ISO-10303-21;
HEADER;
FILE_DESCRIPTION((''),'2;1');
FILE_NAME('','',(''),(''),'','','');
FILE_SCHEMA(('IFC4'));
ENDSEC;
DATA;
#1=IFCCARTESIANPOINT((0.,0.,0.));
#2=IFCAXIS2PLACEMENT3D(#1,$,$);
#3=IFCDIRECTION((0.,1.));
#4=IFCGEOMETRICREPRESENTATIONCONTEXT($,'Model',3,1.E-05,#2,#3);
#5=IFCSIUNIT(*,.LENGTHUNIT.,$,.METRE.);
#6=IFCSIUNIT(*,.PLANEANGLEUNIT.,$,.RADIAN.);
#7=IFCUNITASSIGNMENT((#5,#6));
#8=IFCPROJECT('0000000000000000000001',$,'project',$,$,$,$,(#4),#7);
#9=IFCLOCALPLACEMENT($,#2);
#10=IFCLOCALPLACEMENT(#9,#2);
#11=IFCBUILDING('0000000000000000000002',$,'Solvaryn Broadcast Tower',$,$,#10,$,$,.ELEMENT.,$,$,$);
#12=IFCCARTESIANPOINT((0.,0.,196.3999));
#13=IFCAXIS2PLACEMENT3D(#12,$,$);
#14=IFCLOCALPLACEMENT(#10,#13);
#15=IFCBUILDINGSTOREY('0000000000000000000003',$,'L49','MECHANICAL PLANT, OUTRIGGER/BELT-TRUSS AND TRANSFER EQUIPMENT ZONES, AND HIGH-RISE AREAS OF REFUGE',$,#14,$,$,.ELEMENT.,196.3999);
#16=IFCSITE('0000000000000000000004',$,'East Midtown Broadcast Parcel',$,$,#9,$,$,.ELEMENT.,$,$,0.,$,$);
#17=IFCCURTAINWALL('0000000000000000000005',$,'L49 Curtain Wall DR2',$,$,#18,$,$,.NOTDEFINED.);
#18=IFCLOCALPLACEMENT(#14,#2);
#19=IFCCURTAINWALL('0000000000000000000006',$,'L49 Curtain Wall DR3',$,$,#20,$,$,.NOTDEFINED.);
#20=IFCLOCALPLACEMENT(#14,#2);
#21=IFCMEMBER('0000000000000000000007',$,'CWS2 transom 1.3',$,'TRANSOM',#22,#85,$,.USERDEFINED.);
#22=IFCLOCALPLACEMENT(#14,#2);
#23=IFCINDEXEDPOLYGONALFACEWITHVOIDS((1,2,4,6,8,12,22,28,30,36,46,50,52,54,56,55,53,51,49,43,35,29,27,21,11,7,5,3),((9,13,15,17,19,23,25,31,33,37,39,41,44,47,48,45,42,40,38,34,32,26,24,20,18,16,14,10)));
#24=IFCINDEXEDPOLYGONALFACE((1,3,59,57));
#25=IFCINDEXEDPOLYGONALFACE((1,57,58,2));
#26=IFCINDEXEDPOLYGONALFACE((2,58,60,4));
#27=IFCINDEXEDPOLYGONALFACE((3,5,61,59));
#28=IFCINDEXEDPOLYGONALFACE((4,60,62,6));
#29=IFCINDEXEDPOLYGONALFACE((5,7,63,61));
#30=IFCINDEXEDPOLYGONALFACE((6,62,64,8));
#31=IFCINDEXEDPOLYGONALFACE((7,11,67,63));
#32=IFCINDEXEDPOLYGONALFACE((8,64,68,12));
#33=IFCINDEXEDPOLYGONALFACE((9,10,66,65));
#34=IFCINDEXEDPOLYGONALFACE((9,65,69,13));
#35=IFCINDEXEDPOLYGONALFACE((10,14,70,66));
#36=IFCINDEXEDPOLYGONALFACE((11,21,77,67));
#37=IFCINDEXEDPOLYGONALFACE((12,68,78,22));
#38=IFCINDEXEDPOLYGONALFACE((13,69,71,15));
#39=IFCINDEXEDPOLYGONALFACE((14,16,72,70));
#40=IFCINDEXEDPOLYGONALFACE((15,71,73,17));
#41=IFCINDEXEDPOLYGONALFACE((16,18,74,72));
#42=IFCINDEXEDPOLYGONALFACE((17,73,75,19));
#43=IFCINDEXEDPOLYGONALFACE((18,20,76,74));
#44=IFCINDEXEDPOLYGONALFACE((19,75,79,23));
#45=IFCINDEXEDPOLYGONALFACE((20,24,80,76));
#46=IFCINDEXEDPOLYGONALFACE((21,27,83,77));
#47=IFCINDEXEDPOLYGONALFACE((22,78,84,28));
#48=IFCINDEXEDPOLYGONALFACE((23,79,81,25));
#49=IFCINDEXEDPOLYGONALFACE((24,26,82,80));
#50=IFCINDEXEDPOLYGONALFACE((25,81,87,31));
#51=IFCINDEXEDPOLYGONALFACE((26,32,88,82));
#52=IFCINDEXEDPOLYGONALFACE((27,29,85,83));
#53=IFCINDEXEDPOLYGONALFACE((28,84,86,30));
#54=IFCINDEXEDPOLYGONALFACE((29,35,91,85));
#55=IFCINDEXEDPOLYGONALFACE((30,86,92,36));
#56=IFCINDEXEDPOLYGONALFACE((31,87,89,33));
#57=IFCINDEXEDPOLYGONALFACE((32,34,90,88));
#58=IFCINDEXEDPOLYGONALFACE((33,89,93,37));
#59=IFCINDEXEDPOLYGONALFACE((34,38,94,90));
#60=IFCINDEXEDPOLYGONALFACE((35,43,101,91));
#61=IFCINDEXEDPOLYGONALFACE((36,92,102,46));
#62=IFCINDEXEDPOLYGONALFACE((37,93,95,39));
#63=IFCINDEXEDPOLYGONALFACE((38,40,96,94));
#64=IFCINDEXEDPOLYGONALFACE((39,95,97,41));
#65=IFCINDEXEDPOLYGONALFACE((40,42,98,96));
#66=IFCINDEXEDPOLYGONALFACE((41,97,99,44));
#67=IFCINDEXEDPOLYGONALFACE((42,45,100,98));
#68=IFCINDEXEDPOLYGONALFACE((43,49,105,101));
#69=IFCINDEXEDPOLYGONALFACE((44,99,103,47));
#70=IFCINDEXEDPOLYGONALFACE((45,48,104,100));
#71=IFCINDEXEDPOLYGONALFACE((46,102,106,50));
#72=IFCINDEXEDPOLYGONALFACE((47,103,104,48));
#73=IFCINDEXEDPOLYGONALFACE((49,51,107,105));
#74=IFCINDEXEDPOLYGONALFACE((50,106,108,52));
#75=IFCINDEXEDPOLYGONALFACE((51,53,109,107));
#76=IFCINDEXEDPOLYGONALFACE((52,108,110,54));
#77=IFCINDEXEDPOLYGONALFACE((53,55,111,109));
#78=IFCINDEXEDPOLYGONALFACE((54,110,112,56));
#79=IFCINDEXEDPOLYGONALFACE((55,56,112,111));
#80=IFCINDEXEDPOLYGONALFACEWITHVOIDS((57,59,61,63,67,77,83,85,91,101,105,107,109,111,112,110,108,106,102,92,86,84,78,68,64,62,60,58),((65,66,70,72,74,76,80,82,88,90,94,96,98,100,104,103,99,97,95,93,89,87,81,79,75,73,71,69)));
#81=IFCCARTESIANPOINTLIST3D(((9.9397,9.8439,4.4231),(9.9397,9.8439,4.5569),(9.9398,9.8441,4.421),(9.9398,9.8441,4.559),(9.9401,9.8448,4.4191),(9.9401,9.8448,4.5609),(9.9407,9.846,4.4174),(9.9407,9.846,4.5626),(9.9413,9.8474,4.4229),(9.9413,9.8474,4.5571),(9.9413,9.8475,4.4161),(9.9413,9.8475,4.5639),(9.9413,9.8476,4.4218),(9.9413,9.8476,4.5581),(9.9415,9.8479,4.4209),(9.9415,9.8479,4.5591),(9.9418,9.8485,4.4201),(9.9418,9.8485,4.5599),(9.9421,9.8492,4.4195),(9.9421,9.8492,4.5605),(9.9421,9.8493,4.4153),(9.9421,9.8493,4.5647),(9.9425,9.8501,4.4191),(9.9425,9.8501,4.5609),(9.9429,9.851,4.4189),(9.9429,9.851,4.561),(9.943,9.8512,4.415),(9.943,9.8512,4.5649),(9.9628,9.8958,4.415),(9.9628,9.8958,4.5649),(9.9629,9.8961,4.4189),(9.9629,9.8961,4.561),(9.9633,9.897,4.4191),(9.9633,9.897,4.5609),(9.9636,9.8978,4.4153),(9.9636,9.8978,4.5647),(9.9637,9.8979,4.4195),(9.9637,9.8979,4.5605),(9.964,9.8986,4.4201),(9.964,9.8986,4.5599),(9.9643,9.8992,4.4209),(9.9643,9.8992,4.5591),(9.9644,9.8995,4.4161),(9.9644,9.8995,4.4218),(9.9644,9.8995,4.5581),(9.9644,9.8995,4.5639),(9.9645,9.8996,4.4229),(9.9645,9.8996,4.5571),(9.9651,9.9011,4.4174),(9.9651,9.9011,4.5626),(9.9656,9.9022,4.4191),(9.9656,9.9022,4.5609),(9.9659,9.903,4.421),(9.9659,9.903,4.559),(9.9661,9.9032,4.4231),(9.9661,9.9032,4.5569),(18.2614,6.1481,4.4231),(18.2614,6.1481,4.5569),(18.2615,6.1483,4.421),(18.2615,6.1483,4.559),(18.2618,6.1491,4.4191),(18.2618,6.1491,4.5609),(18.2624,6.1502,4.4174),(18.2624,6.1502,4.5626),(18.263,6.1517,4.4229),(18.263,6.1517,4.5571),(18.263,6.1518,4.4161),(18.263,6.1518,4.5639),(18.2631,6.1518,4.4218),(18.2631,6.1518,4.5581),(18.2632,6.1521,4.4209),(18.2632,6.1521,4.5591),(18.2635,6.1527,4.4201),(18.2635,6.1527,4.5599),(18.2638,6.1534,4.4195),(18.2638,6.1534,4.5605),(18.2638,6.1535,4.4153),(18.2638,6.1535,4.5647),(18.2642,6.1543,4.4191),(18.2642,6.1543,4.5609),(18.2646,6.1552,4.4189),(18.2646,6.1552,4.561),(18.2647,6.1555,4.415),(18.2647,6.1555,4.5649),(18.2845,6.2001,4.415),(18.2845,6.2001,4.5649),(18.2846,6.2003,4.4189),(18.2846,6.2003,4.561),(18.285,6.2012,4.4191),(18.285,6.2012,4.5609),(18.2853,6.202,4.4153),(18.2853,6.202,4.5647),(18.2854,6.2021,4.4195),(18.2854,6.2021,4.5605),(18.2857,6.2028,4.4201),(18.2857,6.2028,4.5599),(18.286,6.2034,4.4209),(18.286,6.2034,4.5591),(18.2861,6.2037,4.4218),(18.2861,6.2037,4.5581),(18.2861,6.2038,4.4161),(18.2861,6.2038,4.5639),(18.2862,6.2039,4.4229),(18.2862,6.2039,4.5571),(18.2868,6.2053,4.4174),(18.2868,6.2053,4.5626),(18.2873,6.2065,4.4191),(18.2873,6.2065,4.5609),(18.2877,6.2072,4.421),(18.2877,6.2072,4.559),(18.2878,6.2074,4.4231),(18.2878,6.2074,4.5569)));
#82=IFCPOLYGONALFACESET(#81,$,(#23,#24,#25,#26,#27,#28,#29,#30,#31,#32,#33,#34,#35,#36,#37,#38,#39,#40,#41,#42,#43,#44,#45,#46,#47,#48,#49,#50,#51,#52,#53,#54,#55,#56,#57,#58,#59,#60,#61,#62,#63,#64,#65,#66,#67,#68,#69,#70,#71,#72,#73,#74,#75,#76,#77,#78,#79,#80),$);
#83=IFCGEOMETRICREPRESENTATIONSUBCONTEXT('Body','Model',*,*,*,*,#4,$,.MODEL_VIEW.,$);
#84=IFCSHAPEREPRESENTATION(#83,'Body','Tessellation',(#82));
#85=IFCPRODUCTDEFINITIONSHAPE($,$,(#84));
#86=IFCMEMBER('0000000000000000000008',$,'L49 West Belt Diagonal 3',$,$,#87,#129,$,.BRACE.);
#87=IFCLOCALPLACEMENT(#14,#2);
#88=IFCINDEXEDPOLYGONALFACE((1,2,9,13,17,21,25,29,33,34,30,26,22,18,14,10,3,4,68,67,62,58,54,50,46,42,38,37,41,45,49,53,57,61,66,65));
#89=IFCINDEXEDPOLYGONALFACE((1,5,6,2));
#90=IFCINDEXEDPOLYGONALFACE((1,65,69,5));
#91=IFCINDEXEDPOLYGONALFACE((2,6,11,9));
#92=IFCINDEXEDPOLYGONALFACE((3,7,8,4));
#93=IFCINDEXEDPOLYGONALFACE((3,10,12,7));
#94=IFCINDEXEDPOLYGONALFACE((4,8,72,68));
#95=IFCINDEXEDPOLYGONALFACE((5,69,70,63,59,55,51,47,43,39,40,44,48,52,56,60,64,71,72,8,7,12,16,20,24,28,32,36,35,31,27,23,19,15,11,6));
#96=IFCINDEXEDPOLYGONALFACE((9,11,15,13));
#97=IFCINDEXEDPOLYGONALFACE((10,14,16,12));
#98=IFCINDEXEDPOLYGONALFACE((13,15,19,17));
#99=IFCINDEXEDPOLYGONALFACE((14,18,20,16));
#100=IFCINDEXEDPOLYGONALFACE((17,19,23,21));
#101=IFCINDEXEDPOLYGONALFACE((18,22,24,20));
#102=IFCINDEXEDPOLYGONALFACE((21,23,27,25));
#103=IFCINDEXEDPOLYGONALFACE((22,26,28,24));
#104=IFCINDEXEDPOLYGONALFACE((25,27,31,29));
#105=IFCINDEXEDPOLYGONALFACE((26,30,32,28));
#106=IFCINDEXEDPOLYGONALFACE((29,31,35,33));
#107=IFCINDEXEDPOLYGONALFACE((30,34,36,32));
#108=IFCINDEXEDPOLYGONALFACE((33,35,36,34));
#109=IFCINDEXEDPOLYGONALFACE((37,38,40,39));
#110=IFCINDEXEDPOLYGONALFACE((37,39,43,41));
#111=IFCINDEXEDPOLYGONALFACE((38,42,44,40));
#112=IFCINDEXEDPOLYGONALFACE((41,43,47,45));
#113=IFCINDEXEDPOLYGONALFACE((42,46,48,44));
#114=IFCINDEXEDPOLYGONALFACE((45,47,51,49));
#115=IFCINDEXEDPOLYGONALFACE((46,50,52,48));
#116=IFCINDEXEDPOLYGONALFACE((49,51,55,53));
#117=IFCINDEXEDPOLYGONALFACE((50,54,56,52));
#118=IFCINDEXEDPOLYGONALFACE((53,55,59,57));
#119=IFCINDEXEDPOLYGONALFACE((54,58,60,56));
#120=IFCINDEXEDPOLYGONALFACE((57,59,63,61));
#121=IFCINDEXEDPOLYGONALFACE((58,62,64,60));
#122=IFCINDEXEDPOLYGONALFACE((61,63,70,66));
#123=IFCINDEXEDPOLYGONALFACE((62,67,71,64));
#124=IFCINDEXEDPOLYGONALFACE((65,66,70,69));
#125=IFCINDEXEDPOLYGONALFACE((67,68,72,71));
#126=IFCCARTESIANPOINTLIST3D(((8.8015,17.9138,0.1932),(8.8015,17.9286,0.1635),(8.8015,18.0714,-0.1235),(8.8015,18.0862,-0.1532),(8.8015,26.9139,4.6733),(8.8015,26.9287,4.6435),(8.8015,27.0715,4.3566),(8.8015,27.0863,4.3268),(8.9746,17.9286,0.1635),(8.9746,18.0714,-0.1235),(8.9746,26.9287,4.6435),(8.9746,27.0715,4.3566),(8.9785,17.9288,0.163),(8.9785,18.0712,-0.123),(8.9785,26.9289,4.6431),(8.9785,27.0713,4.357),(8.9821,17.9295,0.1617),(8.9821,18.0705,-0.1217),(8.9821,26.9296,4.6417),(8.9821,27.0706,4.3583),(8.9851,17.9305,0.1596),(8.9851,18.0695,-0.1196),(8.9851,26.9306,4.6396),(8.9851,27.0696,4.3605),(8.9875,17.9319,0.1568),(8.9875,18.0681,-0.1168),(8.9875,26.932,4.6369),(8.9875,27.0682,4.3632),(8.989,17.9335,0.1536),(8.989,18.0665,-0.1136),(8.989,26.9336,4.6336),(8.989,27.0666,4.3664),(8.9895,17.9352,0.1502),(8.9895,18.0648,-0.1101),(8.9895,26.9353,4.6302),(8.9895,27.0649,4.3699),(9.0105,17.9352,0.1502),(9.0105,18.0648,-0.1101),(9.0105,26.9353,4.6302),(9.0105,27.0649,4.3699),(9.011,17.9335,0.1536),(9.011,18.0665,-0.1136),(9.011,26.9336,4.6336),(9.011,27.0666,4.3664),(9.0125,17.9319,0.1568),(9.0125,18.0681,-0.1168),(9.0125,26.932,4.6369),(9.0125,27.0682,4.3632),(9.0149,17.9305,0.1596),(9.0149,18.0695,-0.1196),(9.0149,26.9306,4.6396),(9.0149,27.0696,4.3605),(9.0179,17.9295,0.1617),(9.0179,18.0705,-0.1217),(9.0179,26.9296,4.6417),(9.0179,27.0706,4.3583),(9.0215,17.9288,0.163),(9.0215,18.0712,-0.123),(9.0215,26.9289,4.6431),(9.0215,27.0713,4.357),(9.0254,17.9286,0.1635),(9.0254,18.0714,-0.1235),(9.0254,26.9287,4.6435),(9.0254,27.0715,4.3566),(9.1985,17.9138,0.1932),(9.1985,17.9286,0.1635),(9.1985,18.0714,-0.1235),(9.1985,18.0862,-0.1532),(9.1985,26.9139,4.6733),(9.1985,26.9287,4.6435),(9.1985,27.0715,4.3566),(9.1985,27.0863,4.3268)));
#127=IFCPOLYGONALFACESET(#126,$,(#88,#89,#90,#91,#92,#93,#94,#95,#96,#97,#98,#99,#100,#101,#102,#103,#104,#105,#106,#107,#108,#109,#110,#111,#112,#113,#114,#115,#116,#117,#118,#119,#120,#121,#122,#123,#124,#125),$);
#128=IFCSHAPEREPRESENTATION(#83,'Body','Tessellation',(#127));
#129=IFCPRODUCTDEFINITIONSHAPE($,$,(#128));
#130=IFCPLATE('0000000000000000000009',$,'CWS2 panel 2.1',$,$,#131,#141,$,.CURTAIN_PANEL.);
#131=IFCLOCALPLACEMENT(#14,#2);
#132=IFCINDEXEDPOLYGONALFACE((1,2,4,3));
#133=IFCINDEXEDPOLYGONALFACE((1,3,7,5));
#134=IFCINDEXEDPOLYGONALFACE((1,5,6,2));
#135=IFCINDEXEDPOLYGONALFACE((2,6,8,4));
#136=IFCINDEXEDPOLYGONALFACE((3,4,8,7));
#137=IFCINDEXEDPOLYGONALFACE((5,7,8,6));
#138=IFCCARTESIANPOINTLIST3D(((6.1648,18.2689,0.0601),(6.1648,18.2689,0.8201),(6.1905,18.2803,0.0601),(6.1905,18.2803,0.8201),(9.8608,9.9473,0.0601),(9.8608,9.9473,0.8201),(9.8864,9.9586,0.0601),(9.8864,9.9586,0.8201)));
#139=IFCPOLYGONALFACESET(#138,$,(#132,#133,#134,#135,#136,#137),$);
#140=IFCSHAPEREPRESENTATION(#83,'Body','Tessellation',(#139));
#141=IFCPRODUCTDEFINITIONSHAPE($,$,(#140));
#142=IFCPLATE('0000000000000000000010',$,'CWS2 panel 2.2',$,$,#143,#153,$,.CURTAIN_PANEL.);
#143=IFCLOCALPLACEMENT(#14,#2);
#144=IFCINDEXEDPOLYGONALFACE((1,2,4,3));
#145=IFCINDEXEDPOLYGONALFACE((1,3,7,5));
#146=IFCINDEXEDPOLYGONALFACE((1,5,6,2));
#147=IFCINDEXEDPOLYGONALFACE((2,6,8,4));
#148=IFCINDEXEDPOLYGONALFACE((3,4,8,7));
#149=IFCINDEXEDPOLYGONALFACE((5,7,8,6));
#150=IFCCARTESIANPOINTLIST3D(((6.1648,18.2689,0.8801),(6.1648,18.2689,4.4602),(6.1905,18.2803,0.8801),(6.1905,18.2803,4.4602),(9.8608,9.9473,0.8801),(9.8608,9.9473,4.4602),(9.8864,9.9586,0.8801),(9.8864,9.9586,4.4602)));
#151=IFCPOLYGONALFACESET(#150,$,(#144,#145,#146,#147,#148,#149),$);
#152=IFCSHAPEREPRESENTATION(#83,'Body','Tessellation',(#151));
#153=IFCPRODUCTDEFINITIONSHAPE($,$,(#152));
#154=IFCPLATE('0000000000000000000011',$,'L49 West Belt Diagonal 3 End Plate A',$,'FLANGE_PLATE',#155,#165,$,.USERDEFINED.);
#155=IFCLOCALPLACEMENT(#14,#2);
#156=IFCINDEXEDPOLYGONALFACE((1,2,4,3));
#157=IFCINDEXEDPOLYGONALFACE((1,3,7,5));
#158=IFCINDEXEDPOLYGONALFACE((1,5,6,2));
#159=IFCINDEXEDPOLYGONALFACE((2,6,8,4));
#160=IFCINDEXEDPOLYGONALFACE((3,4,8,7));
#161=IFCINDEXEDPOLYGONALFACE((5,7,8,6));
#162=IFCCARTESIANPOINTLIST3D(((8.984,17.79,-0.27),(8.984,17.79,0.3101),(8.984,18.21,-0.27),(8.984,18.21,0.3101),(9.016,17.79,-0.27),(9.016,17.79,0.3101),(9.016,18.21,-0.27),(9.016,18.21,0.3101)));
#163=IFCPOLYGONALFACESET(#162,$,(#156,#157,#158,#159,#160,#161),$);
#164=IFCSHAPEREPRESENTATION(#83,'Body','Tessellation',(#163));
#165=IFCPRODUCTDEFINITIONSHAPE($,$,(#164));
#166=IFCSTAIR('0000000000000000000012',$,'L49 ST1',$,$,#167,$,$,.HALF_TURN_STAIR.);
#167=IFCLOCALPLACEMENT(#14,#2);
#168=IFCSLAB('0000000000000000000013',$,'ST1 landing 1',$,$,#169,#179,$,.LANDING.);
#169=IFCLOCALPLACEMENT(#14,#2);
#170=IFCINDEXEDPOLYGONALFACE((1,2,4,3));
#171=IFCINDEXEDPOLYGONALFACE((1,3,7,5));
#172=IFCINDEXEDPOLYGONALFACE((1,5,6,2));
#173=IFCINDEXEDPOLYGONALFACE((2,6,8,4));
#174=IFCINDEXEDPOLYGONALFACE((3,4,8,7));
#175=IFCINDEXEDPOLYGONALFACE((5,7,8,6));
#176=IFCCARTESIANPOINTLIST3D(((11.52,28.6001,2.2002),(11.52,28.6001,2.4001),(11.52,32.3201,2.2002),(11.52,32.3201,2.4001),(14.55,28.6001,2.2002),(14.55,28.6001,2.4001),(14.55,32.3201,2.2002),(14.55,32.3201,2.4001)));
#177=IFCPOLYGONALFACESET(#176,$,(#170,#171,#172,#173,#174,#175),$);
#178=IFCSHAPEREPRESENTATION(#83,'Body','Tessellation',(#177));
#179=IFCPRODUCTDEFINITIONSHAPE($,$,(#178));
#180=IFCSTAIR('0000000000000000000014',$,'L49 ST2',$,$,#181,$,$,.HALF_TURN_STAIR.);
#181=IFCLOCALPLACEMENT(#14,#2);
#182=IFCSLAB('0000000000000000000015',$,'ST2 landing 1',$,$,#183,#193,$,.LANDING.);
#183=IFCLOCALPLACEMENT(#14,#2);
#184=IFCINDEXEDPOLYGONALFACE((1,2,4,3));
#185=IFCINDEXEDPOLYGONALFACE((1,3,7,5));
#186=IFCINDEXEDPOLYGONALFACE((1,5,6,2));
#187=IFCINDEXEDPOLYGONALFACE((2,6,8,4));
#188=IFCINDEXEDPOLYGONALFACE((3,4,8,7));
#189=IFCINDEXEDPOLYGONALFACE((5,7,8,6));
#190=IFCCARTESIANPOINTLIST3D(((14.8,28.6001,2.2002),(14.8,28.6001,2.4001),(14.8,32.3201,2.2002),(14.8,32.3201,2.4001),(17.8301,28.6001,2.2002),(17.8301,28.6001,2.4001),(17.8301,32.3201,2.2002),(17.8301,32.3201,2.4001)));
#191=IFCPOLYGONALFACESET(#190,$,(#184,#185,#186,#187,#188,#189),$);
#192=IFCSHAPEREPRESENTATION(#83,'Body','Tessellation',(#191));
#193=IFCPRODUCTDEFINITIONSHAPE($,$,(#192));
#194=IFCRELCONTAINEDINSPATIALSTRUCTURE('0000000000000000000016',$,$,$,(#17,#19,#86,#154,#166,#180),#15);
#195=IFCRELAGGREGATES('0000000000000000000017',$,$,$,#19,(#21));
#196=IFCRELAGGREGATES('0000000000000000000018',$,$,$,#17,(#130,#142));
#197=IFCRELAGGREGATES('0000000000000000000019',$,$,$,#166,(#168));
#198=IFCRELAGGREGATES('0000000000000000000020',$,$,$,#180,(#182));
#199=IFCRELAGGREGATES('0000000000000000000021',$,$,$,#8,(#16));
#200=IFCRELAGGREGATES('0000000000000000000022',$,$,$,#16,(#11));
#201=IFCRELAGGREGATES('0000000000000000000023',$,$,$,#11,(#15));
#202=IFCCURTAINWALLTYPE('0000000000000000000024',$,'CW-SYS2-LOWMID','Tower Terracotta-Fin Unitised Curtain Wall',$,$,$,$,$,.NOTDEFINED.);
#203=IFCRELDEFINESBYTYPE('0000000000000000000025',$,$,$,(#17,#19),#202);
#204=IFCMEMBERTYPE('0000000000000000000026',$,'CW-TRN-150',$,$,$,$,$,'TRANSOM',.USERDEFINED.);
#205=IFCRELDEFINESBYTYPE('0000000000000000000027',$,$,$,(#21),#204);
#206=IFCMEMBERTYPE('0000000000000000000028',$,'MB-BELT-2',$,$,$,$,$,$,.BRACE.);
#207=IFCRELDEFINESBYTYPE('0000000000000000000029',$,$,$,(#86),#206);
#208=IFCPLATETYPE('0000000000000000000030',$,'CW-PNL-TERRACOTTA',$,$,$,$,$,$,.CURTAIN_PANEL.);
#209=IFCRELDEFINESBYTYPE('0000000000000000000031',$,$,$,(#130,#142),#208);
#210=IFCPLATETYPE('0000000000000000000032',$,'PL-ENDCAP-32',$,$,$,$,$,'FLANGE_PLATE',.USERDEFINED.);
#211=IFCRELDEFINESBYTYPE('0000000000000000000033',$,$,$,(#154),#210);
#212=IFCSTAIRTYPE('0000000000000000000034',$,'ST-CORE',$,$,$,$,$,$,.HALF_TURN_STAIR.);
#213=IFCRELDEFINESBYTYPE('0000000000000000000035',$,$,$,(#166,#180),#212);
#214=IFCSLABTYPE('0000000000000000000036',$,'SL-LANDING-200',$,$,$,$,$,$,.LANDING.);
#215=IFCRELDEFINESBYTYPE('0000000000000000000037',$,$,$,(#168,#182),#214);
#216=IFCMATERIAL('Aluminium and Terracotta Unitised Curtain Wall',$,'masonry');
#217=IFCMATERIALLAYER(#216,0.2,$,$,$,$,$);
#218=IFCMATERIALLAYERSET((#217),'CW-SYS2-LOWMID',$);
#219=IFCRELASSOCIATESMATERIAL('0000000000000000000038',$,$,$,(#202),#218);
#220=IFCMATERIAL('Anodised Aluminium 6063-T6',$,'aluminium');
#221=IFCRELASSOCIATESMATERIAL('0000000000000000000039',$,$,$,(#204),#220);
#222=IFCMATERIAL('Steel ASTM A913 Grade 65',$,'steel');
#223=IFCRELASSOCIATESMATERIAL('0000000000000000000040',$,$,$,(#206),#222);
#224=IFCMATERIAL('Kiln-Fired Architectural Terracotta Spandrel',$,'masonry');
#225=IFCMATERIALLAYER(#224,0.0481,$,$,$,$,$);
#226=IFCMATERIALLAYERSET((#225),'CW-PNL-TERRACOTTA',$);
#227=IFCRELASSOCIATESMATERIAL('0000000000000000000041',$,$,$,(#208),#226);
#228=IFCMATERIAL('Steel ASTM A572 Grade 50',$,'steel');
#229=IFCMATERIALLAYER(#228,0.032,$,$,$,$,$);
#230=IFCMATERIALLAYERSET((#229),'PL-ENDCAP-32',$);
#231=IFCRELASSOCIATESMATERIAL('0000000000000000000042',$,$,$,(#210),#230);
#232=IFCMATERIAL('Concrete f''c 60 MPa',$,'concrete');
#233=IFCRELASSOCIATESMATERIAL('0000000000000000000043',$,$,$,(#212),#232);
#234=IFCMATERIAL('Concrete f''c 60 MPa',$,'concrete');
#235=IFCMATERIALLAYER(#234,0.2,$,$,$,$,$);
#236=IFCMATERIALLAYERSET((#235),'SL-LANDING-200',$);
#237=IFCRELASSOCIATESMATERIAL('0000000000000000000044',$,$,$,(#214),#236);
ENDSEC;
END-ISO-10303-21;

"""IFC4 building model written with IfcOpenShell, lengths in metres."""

from ifc_helpers import new_model, si_unit, direction, frame, origin, origin_2d, place, context, subcontext, project, spatial, polyline, rectangle, hollow_rectangle, i_section, outline, extrude, material, layer, layer_set, material_profile, profile_set, type_object, element, aggregate, save


model = new_model("IFC4")

# Units and contexts
model_context = context("Model", 3, precision=1e-05, world=origin(), true_north=direction((0.0, 1.0)))
body_context = subcontext(model_context, "Body", "Model", "MODEL_VIEW")
ifc_project = project(units=[si_unit("LENGTHUNIT", "METRE"), si_unit("PLANEANGLEUNIT", "RADIAN")], contexts=[model_context])

# Site, building, storey
site_placement = place(None, origin())
site = spatial("IfcSite", under=ifc_project, at=site_placement, Name="East Midtown Broadcast Parcel", CompositionType="ELEMENT", RefElevation=0.0)
building_placement = place(site_placement, origin())
building = spatial("IfcBuilding", under=site, at=building_placement, Name="Solvaryn Broadcast Tower", CompositionType="ELEMENT")
storey_placement = place(building_placement, frame((0.0, 0.0, 196.3999)))
storey = spatial("IfcBuildingStorey", under=building, at=storey_placement, Name="L49", Description="MECHANICAL PLANT, OUTRIGGER/BELT-TRUSS AND TRANSFER EQUIPMENT ZONES, AND HIGH-RISE AREAS OF REFUGE", CompositionType="ELEMENT", Elevation=196.3999)

# Curtain wall
ifc_material_1 = material(Name="Aluminium and Terracotta Unitised Curtain Wall", Category="masonry")
ifc_layer_1 = layer(ifc_material_1, 0.2)
ifc_layer_set_1 = layer_set([ifc_layer_1], Name="CW-SYS2-LOWMID")
curtain_wall_type = type_object("IfcCurtainWallType", Name="CW-SYS2-LOWMID", Description="Tower Terracotta-Fin Unitised Curtain Wall", PredefinedType="NOTDEFINED", material=ifc_layer_set_1)
curtain_wall_1_placement = place(storey_placement, origin())
curtain_wall_1 = element("IfcCurtainWall", 1, at=curtain_wall_1_placement, inside=storey, type_object=curtain_wall_type, Name="L49 Curtain Wall DR2", PredefinedType="NOTDEFINED")

# Curtain wall, member
curtain_wall_2_placement = place(storey_placement, origin())
curtain_wall_2 = element("IfcCurtainWall", 2, at=curtain_wall_2_placement, inside=storey, type_object=curtain_wall_type, Name="L49 Curtain Wall DR3", PredefinedType="NOTDEFINED")
ifc_material_2 = material(Name="Anodised Aluminium 6063-T6", Category="aluminium")
ifc_material_profile_1 = material_profile(ifc_material_2, hollow_rectangle(XDim=0.0649, YDim=0.1499, WallThickness=0.0039, InnerFilletRadius=0.0039, OuterFilletRadius=0.0081, at=origin_2d()))
ifc_profile_set_1 = profile_set([ifc_material_profile_1], Name="Anodised Aluminium 6063-T6")
member_type_1 = type_object("IfcMemberType", Name="CW-TRN-150", ElementType="TRANSOM", PredefinedType="USERDEFINED", material=ifc_profile_set_1)
member_1_placement = place(storey_placement, frame((9.9529, 9.8735, 4.49), z_axis=(0.913924, -0.405885, 0.0), x_axis=(0.405885, 0.913924, 0.0)))
member_1 = element("IfcMember", 3, at=member_1_placement, type_object=member_type_1, Name="CWS2 transom 1.3", ObjectType="TRANSOM", PredefinedType="USERDEFINED", context=body_context, shape_type="SweptSolid", body=[
    extrude(hollow_rectangle(XDim=0.0649, YDim=0.1499, WallThickness=0.0039, InnerFilletRadius=0.0039, OuterFilletRadius=0.0081, at=origin_2d()), origin(), (0.0, 0.0, 1.0), 9.1055),
])
aggregate(curtain_wall_2, [member_1])

# Member
ifc_material_3 = material(Name="Steel ASTM A913 Grade 65", Category="steel")
ifc_material_profile_2 = material_profile(ifc_material_3, i_section(OverallWidth=0.397, OverallDepth=0.387, WebThickness=0.021, FlangeThickness=0.0332, FilletRadius=0.0149, at=origin_2d()))
ifc_profile_set_2 = profile_set([ifc_material_profile_2], Name="Steel ASTM A913 Grade 65")
member_type_2 = type_object("IfcMemberType", Name="MB-BELT-2", PredefinedType="BRACE", material=ifc_profile_set_2)
member_2_placement = place(storey_placement, frame((9.0, 18.0, 0.02), z_axis=(0.0, 0.895222, 0.44562), x_axis=(-1.0, 0.0, 0.0)))
element("IfcMember", 4, at=member_2_placement, inside=storey, type_object=member_type_2, Name="L49 West Belt Diagonal 3", PredefinedType="BRACE", context=body_context, shape_type="SweptSolid", body=[
    extrude(i_section(OverallWidth=0.397, OverallDepth=0.387, WebThickness=0.021, FlangeThickness=0.0332, FilletRadius=0.0149, at=origin_2d()), origin(), (0.0, 0.0, 1.0), 10.0535),
])

# Plates
ifc_material_4 = material(Name="Kiln-Fired Architectural Terracotta Spandrel", Category="masonry")
ifc_layer_2 = layer(ifc_material_4, 0.0481)
ifc_layer_set_2 = layer_set([ifc_layer_2], Name="CW-PNL-TERRACOTTA")
plate_type_1 = type_object("IfcPlateType", Name="CW-PNL-TERRACOTTA", PredefinedType="CURTAIN_PANEL", material=ifc_layer_set_2)
plate_1_placement = place(storey_placement, frame((8.0256, 14.1138, 0.0601), z_axis=(0.0, 0.0, 1.0), x_axis=(0.405901, -0.913917, 0.0)))
plate_1 = element("IfcPlate", 5, at=plate_1_placement, type_object=plate_type_1, Name="CWS2 panel 2.1", PredefinedType="CURTAIN_PANEL", context=body_context, shape_type="SweptSolid", body=[
    extrude(rectangle(XDim=9.1055, YDim=0.0281, at=origin_2d()), origin(), (0.0, 0.0, 1.0), 0.76),
])
plate_2_placement = place(storey_placement, frame((8.0256, 14.1138, 0.8801), z_axis=(0.0, 0.0, 1.0), x_axis=(0.405901, -0.913917, 0.0)))
plate_2 = element("IfcPlate", 6, at=plate_2_placement, type_object=plate_type_1, Name="CWS2 panel 2.2", PredefinedType="CURTAIN_PANEL", context=body_context, shape_type="SweptSolid", body=[
    extrude(rectangle(XDim=9.1055, YDim=0.0281, at=origin_2d()), origin(), (0.0, 0.0, 1.0), 3.5801),
])
aggregate(curtain_wall_1, [plate_1, plate_2])
ifc_material_5 = material(Name="Steel ASTM A572 Grade 50", Category="steel")
ifc_layer_3 = layer(ifc_material_5, 0.032)
ifc_layer_set_3 = layer_set([ifc_layer_3], Name="PL-ENDCAP-32")
plate_type_2 = type_object("IfcPlateType", Name="PL-ENDCAP-32", ElementType="FLANGE_PLATE", PredefinedType="USERDEFINED", material=ifc_layer_set_3)
plate_3_placement = place(storey_placement, frame((9.0, 18.0, -0.27), z_axis=(0.0, 0.0, 1.0), x_axis=(1.0, 0.0, 0.0)))
element("IfcPlate", 7, at=plate_3_placement, inside=storey, type_object=plate_type_2, Name="L49 West Belt Diagonal 3 End Plate A", ObjectType="FLANGE_PLATE", PredefinedType="USERDEFINED", context=body_context, shape_type="SweptSolid", body=[
    extrude(rectangle(XDim=0.032, YDim=0.4199, at=origin_2d()), origin(), (0.0, 0.0, 1.0), 0.5801),
])

# Stairs, slabs
ifc_material_6 = material(Name="Concrete f'c 60 MPa", Category="concrete")
stair_type = type_object("IfcStairType", Name="ST-CORE", PredefinedType="HALF_TURN_STAIR", material=ifc_material_6)
stair_1_placement = place(storey_placement, origin())
stair_1 = element("IfcStair", 8, at=stair_1_placement, inside=storey, type_object=stair_type, Name="L49 ST1", PredefinedType="HALF_TURN_STAIR")
ifc_material_7 = material(Name="Concrete f'c 60 MPa", Category="concrete")
ifc_layer_4 = layer(ifc_material_7, 0.2)
ifc_layer_set_4 = layer_set([ifc_layer_4], Name="SL-LANDING-200")
slab_type_1 = type_object("IfcSlabType", Name="SL-LANDING-200", PredefinedType="LANDING", material=ifc_layer_set_4)
slab_1_placement = place(storey_placement, frame((0.0, 0.0, 2.2002)))
slab_1 = element("IfcSlab", 9, at=slab_1_placement, type_object=slab_type_1, Name="ST1 landing 1", PredefinedType="LANDING", context=body_context, shape_type="SweptSolid", body=[
    extrude(outline(polyline([(11.52, 32.3201), (11.52, 28.6001), (14.55, 28.6001), (14.55, 32.3201), (11.52, 32.3201)])), origin(), (0.0, 0.0, 1.0), 0.2),
])
aggregate(stair_1, [slab_1])
stair_2_placement = place(storey_placement, origin())
stair_2 = element("IfcStair", 10, at=stair_2_placement, inside=storey, type_object=stair_type, Name="L49 ST2", PredefinedType="HALF_TURN_STAIR")
slab_2_placement = place(storey_placement, frame((0.0, 0.0, 2.2002)))
slab_2 = element("IfcSlab", 11, at=slab_2_placement, type_object=slab_type_1, Name="ST2 landing 1", PredefinedType="LANDING", context=body_context, shape_type="SweptSolid", body=[
    extrude(outline(polyline([(14.8, 32.3201), (14.8, 28.6001), (17.8301, 28.6001), (17.8301, 32.3201), (14.8, 32.3201)])), origin(), (0.0, 0.0, 1.0), 0.2),
])
aggregate(stair_2, [slab_2])

save(model, "model.ifc")
